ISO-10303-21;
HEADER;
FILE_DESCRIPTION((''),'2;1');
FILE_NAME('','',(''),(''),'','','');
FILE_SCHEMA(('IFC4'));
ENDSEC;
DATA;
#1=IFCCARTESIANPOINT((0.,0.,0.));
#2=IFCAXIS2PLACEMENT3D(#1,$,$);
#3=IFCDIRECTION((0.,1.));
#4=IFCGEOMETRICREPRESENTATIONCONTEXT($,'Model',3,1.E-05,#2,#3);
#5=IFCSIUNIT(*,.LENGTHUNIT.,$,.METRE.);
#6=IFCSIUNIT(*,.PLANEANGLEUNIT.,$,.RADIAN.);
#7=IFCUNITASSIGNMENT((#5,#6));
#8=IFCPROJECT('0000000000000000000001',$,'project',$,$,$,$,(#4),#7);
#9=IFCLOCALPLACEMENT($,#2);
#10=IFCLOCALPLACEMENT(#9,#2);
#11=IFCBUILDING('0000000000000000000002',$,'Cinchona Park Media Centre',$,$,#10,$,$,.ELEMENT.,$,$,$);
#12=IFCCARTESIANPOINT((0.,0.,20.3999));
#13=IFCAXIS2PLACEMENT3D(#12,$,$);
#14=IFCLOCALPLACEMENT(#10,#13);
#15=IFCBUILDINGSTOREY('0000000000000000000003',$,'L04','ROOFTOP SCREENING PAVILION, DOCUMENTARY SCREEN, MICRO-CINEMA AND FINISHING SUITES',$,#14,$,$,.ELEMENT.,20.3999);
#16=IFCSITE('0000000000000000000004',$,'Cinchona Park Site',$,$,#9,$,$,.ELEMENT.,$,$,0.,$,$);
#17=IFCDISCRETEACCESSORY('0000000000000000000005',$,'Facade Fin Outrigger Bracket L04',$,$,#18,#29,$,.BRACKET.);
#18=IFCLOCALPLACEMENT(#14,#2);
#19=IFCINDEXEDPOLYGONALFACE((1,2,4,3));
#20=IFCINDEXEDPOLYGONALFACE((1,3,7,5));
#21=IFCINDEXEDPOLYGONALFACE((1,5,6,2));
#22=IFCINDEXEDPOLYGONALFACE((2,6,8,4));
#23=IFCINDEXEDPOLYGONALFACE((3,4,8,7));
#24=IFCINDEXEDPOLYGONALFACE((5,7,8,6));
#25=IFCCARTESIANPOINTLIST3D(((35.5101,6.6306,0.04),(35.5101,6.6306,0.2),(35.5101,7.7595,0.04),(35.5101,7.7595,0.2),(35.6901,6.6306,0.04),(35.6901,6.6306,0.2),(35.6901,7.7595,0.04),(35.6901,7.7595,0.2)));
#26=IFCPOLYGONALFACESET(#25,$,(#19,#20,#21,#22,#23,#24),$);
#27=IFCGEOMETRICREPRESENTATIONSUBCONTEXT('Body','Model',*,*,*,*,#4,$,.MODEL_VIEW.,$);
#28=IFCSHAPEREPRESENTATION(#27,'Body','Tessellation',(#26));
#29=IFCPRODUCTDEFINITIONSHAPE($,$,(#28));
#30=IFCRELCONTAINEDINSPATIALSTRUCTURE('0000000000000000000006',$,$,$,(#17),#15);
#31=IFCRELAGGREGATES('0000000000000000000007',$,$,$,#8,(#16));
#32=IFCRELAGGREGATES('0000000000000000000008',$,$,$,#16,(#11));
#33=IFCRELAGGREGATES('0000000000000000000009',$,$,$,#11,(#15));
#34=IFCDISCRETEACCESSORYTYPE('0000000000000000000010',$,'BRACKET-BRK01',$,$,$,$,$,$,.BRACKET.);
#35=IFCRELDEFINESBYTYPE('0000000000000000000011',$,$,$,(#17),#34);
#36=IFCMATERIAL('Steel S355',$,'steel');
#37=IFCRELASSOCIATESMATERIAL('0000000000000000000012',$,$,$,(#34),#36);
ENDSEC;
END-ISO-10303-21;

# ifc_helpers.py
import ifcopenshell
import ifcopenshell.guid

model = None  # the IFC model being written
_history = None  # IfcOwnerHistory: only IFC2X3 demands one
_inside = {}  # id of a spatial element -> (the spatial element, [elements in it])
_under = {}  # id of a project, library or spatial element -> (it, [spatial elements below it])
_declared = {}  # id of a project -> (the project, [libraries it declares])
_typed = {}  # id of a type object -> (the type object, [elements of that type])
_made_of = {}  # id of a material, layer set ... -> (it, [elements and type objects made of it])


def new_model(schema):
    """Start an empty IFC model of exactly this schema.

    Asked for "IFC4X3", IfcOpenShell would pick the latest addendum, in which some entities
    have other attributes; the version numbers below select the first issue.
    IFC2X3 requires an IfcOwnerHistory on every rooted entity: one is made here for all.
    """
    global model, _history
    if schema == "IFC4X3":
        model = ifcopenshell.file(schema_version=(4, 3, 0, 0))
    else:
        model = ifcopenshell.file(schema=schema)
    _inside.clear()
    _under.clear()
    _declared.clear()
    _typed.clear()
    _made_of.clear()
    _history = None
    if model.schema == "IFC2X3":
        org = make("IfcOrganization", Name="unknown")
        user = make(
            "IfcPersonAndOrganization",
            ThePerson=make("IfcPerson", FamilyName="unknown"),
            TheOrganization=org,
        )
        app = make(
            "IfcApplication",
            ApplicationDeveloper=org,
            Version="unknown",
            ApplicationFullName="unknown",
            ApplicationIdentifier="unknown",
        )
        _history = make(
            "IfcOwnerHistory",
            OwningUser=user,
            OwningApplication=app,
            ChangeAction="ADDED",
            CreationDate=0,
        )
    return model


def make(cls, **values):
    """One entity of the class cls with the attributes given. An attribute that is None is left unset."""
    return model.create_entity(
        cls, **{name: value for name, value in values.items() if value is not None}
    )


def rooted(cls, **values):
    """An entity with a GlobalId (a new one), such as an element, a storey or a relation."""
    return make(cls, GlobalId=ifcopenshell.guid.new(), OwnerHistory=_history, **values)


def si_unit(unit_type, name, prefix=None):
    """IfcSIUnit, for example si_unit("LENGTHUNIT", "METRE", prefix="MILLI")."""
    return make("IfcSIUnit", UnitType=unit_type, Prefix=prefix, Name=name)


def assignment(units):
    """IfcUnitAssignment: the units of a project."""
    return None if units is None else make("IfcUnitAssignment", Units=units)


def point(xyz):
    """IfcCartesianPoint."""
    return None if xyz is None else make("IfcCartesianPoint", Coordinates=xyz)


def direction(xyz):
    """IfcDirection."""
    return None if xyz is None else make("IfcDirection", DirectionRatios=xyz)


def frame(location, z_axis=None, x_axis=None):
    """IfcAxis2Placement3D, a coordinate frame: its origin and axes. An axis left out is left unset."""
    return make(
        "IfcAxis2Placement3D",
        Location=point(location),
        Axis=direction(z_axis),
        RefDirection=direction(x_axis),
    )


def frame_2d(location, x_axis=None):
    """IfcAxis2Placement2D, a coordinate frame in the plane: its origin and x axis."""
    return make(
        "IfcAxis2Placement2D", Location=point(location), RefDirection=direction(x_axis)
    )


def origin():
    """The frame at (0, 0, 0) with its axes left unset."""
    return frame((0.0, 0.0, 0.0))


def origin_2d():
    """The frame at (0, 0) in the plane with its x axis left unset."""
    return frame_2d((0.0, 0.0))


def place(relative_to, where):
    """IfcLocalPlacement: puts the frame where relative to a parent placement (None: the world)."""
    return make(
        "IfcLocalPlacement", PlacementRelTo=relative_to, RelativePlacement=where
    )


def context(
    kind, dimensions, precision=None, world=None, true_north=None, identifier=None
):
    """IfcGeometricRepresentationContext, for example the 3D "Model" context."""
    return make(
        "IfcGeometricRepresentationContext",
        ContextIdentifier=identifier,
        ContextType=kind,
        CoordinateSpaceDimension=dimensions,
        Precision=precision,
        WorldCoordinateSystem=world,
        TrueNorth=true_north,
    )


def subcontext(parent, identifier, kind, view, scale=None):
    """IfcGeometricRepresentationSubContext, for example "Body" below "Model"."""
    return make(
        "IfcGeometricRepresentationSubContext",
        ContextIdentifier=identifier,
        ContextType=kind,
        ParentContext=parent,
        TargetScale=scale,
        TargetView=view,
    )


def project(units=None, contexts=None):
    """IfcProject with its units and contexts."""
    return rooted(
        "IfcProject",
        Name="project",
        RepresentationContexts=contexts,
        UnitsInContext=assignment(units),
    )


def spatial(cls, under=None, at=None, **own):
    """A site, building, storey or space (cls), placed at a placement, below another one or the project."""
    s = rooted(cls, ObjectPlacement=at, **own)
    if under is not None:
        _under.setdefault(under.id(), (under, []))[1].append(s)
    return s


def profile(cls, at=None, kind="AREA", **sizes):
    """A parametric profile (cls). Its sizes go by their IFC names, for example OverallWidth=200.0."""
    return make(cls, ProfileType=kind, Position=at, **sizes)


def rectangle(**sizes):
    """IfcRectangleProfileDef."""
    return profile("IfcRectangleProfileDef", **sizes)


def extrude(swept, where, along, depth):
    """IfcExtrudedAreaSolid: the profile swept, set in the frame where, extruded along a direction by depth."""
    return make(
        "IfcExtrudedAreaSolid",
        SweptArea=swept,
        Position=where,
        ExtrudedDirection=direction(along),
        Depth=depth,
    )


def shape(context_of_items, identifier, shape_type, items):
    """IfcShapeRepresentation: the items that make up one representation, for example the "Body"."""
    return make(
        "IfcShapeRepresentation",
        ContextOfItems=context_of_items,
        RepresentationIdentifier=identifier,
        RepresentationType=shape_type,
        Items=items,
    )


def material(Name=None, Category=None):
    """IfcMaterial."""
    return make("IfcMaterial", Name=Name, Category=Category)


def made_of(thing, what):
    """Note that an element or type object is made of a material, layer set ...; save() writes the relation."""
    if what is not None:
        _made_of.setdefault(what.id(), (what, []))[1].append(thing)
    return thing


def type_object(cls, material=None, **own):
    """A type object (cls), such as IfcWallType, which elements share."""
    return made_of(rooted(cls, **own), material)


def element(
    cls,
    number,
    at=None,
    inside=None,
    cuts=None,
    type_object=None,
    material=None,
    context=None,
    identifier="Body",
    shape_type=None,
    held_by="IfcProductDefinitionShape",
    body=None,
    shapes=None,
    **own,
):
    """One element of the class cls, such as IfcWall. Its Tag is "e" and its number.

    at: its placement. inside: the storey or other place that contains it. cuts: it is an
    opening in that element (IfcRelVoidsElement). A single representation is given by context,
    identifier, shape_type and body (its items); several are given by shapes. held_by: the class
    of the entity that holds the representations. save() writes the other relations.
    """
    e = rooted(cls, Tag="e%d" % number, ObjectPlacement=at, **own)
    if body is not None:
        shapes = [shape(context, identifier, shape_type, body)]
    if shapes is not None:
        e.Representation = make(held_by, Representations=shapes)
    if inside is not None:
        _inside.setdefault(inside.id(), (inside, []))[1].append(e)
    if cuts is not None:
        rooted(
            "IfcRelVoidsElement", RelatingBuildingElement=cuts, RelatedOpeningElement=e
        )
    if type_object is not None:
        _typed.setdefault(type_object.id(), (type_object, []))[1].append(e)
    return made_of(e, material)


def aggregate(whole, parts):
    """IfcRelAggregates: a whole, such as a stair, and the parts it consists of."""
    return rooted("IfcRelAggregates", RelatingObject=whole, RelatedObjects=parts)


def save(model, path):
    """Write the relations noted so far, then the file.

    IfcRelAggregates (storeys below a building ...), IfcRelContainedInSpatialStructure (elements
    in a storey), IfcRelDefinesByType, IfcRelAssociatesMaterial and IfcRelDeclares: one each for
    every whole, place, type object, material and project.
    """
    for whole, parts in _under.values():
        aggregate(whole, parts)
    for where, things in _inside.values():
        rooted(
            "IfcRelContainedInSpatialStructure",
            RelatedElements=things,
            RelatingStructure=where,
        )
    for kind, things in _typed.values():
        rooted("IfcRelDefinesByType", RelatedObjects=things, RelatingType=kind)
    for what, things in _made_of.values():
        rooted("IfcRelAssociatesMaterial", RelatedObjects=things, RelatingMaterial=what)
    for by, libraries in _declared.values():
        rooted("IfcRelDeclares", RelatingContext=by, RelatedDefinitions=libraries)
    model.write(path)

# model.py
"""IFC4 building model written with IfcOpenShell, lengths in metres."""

from ifc_helpers import new_model, si_unit, direction, frame, origin, origin_2d, place, context, subcontext, project, spatial, rectangle, extrude, material, type_object, element, save


model = new_model("IFC4")

# Units and contexts
model_context = context("Model", 3, precision=1e-05, world=origin(), true_north=direction((0.0, 1.0)))
body_context = subcontext(model_context, "Body", "Model", "MODEL_VIEW")
ifc_project = project(units=[si_unit("LENGTHUNIT", "METRE"), si_unit("PLANEANGLEUNIT", "RADIAN")], contexts=[model_context])

# Site, building, storey
site_placement = place(None, origin())
site = spatial("IfcSite", under=ifc_project, at=site_placement, Name="Cinchona Park Site", CompositionType="ELEMENT", RefElevation=0.0)
building_placement = place(site_placement, origin())
building = spatial("IfcBuilding", under=site, at=building_placement, Name="Cinchona Park Media Centre", CompositionType="ELEMENT")
storey_placement = place(building_placement, frame((0.0, 0.0, 20.3999)))
storey = spatial("IfcBuildingStorey", under=building, at=storey_placement, Name="L04", Description="ROOFTOP SCREENING PAVILION, DOCUMENTARY SCREEN, MICRO-CINEMA AND FINISHING SUITES", CompositionType="ELEMENT", Elevation=20.3999)

# Discrete accessory
ifc_material_1 = material(Name="Steel S355", Category="steel")
discrete_accessory_type = type_object("IfcDiscreteAccessoryType", Name="BRACKET-BRK01", PredefinedType="BRACKET", material=ifc_material_1)
discrete_accessory_1_placement = place(storey_placement, frame((35.6001, 7.1951, 0.04), z_axis=(0.0, 0.0, 1.0), x_axis=(1.0, 0.0, 0.0)))
element("IfcDiscreteAccessory", 1, at=discrete_accessory_1_placement, inside=storey, type_object=discrete_accessory_type, Name="Facade Fin Outrigger Bracket L04", PredefinedType="BRACKET", context=body_context, shape_type="SweptSolid", body=[
    extrude(rectangle(XDim=0.1799, YDim=1.1289, at=origin_2d()), origin(), (0.0, 0.0, 1.0), 0.1599),
])

save(model, "model.ifc")
